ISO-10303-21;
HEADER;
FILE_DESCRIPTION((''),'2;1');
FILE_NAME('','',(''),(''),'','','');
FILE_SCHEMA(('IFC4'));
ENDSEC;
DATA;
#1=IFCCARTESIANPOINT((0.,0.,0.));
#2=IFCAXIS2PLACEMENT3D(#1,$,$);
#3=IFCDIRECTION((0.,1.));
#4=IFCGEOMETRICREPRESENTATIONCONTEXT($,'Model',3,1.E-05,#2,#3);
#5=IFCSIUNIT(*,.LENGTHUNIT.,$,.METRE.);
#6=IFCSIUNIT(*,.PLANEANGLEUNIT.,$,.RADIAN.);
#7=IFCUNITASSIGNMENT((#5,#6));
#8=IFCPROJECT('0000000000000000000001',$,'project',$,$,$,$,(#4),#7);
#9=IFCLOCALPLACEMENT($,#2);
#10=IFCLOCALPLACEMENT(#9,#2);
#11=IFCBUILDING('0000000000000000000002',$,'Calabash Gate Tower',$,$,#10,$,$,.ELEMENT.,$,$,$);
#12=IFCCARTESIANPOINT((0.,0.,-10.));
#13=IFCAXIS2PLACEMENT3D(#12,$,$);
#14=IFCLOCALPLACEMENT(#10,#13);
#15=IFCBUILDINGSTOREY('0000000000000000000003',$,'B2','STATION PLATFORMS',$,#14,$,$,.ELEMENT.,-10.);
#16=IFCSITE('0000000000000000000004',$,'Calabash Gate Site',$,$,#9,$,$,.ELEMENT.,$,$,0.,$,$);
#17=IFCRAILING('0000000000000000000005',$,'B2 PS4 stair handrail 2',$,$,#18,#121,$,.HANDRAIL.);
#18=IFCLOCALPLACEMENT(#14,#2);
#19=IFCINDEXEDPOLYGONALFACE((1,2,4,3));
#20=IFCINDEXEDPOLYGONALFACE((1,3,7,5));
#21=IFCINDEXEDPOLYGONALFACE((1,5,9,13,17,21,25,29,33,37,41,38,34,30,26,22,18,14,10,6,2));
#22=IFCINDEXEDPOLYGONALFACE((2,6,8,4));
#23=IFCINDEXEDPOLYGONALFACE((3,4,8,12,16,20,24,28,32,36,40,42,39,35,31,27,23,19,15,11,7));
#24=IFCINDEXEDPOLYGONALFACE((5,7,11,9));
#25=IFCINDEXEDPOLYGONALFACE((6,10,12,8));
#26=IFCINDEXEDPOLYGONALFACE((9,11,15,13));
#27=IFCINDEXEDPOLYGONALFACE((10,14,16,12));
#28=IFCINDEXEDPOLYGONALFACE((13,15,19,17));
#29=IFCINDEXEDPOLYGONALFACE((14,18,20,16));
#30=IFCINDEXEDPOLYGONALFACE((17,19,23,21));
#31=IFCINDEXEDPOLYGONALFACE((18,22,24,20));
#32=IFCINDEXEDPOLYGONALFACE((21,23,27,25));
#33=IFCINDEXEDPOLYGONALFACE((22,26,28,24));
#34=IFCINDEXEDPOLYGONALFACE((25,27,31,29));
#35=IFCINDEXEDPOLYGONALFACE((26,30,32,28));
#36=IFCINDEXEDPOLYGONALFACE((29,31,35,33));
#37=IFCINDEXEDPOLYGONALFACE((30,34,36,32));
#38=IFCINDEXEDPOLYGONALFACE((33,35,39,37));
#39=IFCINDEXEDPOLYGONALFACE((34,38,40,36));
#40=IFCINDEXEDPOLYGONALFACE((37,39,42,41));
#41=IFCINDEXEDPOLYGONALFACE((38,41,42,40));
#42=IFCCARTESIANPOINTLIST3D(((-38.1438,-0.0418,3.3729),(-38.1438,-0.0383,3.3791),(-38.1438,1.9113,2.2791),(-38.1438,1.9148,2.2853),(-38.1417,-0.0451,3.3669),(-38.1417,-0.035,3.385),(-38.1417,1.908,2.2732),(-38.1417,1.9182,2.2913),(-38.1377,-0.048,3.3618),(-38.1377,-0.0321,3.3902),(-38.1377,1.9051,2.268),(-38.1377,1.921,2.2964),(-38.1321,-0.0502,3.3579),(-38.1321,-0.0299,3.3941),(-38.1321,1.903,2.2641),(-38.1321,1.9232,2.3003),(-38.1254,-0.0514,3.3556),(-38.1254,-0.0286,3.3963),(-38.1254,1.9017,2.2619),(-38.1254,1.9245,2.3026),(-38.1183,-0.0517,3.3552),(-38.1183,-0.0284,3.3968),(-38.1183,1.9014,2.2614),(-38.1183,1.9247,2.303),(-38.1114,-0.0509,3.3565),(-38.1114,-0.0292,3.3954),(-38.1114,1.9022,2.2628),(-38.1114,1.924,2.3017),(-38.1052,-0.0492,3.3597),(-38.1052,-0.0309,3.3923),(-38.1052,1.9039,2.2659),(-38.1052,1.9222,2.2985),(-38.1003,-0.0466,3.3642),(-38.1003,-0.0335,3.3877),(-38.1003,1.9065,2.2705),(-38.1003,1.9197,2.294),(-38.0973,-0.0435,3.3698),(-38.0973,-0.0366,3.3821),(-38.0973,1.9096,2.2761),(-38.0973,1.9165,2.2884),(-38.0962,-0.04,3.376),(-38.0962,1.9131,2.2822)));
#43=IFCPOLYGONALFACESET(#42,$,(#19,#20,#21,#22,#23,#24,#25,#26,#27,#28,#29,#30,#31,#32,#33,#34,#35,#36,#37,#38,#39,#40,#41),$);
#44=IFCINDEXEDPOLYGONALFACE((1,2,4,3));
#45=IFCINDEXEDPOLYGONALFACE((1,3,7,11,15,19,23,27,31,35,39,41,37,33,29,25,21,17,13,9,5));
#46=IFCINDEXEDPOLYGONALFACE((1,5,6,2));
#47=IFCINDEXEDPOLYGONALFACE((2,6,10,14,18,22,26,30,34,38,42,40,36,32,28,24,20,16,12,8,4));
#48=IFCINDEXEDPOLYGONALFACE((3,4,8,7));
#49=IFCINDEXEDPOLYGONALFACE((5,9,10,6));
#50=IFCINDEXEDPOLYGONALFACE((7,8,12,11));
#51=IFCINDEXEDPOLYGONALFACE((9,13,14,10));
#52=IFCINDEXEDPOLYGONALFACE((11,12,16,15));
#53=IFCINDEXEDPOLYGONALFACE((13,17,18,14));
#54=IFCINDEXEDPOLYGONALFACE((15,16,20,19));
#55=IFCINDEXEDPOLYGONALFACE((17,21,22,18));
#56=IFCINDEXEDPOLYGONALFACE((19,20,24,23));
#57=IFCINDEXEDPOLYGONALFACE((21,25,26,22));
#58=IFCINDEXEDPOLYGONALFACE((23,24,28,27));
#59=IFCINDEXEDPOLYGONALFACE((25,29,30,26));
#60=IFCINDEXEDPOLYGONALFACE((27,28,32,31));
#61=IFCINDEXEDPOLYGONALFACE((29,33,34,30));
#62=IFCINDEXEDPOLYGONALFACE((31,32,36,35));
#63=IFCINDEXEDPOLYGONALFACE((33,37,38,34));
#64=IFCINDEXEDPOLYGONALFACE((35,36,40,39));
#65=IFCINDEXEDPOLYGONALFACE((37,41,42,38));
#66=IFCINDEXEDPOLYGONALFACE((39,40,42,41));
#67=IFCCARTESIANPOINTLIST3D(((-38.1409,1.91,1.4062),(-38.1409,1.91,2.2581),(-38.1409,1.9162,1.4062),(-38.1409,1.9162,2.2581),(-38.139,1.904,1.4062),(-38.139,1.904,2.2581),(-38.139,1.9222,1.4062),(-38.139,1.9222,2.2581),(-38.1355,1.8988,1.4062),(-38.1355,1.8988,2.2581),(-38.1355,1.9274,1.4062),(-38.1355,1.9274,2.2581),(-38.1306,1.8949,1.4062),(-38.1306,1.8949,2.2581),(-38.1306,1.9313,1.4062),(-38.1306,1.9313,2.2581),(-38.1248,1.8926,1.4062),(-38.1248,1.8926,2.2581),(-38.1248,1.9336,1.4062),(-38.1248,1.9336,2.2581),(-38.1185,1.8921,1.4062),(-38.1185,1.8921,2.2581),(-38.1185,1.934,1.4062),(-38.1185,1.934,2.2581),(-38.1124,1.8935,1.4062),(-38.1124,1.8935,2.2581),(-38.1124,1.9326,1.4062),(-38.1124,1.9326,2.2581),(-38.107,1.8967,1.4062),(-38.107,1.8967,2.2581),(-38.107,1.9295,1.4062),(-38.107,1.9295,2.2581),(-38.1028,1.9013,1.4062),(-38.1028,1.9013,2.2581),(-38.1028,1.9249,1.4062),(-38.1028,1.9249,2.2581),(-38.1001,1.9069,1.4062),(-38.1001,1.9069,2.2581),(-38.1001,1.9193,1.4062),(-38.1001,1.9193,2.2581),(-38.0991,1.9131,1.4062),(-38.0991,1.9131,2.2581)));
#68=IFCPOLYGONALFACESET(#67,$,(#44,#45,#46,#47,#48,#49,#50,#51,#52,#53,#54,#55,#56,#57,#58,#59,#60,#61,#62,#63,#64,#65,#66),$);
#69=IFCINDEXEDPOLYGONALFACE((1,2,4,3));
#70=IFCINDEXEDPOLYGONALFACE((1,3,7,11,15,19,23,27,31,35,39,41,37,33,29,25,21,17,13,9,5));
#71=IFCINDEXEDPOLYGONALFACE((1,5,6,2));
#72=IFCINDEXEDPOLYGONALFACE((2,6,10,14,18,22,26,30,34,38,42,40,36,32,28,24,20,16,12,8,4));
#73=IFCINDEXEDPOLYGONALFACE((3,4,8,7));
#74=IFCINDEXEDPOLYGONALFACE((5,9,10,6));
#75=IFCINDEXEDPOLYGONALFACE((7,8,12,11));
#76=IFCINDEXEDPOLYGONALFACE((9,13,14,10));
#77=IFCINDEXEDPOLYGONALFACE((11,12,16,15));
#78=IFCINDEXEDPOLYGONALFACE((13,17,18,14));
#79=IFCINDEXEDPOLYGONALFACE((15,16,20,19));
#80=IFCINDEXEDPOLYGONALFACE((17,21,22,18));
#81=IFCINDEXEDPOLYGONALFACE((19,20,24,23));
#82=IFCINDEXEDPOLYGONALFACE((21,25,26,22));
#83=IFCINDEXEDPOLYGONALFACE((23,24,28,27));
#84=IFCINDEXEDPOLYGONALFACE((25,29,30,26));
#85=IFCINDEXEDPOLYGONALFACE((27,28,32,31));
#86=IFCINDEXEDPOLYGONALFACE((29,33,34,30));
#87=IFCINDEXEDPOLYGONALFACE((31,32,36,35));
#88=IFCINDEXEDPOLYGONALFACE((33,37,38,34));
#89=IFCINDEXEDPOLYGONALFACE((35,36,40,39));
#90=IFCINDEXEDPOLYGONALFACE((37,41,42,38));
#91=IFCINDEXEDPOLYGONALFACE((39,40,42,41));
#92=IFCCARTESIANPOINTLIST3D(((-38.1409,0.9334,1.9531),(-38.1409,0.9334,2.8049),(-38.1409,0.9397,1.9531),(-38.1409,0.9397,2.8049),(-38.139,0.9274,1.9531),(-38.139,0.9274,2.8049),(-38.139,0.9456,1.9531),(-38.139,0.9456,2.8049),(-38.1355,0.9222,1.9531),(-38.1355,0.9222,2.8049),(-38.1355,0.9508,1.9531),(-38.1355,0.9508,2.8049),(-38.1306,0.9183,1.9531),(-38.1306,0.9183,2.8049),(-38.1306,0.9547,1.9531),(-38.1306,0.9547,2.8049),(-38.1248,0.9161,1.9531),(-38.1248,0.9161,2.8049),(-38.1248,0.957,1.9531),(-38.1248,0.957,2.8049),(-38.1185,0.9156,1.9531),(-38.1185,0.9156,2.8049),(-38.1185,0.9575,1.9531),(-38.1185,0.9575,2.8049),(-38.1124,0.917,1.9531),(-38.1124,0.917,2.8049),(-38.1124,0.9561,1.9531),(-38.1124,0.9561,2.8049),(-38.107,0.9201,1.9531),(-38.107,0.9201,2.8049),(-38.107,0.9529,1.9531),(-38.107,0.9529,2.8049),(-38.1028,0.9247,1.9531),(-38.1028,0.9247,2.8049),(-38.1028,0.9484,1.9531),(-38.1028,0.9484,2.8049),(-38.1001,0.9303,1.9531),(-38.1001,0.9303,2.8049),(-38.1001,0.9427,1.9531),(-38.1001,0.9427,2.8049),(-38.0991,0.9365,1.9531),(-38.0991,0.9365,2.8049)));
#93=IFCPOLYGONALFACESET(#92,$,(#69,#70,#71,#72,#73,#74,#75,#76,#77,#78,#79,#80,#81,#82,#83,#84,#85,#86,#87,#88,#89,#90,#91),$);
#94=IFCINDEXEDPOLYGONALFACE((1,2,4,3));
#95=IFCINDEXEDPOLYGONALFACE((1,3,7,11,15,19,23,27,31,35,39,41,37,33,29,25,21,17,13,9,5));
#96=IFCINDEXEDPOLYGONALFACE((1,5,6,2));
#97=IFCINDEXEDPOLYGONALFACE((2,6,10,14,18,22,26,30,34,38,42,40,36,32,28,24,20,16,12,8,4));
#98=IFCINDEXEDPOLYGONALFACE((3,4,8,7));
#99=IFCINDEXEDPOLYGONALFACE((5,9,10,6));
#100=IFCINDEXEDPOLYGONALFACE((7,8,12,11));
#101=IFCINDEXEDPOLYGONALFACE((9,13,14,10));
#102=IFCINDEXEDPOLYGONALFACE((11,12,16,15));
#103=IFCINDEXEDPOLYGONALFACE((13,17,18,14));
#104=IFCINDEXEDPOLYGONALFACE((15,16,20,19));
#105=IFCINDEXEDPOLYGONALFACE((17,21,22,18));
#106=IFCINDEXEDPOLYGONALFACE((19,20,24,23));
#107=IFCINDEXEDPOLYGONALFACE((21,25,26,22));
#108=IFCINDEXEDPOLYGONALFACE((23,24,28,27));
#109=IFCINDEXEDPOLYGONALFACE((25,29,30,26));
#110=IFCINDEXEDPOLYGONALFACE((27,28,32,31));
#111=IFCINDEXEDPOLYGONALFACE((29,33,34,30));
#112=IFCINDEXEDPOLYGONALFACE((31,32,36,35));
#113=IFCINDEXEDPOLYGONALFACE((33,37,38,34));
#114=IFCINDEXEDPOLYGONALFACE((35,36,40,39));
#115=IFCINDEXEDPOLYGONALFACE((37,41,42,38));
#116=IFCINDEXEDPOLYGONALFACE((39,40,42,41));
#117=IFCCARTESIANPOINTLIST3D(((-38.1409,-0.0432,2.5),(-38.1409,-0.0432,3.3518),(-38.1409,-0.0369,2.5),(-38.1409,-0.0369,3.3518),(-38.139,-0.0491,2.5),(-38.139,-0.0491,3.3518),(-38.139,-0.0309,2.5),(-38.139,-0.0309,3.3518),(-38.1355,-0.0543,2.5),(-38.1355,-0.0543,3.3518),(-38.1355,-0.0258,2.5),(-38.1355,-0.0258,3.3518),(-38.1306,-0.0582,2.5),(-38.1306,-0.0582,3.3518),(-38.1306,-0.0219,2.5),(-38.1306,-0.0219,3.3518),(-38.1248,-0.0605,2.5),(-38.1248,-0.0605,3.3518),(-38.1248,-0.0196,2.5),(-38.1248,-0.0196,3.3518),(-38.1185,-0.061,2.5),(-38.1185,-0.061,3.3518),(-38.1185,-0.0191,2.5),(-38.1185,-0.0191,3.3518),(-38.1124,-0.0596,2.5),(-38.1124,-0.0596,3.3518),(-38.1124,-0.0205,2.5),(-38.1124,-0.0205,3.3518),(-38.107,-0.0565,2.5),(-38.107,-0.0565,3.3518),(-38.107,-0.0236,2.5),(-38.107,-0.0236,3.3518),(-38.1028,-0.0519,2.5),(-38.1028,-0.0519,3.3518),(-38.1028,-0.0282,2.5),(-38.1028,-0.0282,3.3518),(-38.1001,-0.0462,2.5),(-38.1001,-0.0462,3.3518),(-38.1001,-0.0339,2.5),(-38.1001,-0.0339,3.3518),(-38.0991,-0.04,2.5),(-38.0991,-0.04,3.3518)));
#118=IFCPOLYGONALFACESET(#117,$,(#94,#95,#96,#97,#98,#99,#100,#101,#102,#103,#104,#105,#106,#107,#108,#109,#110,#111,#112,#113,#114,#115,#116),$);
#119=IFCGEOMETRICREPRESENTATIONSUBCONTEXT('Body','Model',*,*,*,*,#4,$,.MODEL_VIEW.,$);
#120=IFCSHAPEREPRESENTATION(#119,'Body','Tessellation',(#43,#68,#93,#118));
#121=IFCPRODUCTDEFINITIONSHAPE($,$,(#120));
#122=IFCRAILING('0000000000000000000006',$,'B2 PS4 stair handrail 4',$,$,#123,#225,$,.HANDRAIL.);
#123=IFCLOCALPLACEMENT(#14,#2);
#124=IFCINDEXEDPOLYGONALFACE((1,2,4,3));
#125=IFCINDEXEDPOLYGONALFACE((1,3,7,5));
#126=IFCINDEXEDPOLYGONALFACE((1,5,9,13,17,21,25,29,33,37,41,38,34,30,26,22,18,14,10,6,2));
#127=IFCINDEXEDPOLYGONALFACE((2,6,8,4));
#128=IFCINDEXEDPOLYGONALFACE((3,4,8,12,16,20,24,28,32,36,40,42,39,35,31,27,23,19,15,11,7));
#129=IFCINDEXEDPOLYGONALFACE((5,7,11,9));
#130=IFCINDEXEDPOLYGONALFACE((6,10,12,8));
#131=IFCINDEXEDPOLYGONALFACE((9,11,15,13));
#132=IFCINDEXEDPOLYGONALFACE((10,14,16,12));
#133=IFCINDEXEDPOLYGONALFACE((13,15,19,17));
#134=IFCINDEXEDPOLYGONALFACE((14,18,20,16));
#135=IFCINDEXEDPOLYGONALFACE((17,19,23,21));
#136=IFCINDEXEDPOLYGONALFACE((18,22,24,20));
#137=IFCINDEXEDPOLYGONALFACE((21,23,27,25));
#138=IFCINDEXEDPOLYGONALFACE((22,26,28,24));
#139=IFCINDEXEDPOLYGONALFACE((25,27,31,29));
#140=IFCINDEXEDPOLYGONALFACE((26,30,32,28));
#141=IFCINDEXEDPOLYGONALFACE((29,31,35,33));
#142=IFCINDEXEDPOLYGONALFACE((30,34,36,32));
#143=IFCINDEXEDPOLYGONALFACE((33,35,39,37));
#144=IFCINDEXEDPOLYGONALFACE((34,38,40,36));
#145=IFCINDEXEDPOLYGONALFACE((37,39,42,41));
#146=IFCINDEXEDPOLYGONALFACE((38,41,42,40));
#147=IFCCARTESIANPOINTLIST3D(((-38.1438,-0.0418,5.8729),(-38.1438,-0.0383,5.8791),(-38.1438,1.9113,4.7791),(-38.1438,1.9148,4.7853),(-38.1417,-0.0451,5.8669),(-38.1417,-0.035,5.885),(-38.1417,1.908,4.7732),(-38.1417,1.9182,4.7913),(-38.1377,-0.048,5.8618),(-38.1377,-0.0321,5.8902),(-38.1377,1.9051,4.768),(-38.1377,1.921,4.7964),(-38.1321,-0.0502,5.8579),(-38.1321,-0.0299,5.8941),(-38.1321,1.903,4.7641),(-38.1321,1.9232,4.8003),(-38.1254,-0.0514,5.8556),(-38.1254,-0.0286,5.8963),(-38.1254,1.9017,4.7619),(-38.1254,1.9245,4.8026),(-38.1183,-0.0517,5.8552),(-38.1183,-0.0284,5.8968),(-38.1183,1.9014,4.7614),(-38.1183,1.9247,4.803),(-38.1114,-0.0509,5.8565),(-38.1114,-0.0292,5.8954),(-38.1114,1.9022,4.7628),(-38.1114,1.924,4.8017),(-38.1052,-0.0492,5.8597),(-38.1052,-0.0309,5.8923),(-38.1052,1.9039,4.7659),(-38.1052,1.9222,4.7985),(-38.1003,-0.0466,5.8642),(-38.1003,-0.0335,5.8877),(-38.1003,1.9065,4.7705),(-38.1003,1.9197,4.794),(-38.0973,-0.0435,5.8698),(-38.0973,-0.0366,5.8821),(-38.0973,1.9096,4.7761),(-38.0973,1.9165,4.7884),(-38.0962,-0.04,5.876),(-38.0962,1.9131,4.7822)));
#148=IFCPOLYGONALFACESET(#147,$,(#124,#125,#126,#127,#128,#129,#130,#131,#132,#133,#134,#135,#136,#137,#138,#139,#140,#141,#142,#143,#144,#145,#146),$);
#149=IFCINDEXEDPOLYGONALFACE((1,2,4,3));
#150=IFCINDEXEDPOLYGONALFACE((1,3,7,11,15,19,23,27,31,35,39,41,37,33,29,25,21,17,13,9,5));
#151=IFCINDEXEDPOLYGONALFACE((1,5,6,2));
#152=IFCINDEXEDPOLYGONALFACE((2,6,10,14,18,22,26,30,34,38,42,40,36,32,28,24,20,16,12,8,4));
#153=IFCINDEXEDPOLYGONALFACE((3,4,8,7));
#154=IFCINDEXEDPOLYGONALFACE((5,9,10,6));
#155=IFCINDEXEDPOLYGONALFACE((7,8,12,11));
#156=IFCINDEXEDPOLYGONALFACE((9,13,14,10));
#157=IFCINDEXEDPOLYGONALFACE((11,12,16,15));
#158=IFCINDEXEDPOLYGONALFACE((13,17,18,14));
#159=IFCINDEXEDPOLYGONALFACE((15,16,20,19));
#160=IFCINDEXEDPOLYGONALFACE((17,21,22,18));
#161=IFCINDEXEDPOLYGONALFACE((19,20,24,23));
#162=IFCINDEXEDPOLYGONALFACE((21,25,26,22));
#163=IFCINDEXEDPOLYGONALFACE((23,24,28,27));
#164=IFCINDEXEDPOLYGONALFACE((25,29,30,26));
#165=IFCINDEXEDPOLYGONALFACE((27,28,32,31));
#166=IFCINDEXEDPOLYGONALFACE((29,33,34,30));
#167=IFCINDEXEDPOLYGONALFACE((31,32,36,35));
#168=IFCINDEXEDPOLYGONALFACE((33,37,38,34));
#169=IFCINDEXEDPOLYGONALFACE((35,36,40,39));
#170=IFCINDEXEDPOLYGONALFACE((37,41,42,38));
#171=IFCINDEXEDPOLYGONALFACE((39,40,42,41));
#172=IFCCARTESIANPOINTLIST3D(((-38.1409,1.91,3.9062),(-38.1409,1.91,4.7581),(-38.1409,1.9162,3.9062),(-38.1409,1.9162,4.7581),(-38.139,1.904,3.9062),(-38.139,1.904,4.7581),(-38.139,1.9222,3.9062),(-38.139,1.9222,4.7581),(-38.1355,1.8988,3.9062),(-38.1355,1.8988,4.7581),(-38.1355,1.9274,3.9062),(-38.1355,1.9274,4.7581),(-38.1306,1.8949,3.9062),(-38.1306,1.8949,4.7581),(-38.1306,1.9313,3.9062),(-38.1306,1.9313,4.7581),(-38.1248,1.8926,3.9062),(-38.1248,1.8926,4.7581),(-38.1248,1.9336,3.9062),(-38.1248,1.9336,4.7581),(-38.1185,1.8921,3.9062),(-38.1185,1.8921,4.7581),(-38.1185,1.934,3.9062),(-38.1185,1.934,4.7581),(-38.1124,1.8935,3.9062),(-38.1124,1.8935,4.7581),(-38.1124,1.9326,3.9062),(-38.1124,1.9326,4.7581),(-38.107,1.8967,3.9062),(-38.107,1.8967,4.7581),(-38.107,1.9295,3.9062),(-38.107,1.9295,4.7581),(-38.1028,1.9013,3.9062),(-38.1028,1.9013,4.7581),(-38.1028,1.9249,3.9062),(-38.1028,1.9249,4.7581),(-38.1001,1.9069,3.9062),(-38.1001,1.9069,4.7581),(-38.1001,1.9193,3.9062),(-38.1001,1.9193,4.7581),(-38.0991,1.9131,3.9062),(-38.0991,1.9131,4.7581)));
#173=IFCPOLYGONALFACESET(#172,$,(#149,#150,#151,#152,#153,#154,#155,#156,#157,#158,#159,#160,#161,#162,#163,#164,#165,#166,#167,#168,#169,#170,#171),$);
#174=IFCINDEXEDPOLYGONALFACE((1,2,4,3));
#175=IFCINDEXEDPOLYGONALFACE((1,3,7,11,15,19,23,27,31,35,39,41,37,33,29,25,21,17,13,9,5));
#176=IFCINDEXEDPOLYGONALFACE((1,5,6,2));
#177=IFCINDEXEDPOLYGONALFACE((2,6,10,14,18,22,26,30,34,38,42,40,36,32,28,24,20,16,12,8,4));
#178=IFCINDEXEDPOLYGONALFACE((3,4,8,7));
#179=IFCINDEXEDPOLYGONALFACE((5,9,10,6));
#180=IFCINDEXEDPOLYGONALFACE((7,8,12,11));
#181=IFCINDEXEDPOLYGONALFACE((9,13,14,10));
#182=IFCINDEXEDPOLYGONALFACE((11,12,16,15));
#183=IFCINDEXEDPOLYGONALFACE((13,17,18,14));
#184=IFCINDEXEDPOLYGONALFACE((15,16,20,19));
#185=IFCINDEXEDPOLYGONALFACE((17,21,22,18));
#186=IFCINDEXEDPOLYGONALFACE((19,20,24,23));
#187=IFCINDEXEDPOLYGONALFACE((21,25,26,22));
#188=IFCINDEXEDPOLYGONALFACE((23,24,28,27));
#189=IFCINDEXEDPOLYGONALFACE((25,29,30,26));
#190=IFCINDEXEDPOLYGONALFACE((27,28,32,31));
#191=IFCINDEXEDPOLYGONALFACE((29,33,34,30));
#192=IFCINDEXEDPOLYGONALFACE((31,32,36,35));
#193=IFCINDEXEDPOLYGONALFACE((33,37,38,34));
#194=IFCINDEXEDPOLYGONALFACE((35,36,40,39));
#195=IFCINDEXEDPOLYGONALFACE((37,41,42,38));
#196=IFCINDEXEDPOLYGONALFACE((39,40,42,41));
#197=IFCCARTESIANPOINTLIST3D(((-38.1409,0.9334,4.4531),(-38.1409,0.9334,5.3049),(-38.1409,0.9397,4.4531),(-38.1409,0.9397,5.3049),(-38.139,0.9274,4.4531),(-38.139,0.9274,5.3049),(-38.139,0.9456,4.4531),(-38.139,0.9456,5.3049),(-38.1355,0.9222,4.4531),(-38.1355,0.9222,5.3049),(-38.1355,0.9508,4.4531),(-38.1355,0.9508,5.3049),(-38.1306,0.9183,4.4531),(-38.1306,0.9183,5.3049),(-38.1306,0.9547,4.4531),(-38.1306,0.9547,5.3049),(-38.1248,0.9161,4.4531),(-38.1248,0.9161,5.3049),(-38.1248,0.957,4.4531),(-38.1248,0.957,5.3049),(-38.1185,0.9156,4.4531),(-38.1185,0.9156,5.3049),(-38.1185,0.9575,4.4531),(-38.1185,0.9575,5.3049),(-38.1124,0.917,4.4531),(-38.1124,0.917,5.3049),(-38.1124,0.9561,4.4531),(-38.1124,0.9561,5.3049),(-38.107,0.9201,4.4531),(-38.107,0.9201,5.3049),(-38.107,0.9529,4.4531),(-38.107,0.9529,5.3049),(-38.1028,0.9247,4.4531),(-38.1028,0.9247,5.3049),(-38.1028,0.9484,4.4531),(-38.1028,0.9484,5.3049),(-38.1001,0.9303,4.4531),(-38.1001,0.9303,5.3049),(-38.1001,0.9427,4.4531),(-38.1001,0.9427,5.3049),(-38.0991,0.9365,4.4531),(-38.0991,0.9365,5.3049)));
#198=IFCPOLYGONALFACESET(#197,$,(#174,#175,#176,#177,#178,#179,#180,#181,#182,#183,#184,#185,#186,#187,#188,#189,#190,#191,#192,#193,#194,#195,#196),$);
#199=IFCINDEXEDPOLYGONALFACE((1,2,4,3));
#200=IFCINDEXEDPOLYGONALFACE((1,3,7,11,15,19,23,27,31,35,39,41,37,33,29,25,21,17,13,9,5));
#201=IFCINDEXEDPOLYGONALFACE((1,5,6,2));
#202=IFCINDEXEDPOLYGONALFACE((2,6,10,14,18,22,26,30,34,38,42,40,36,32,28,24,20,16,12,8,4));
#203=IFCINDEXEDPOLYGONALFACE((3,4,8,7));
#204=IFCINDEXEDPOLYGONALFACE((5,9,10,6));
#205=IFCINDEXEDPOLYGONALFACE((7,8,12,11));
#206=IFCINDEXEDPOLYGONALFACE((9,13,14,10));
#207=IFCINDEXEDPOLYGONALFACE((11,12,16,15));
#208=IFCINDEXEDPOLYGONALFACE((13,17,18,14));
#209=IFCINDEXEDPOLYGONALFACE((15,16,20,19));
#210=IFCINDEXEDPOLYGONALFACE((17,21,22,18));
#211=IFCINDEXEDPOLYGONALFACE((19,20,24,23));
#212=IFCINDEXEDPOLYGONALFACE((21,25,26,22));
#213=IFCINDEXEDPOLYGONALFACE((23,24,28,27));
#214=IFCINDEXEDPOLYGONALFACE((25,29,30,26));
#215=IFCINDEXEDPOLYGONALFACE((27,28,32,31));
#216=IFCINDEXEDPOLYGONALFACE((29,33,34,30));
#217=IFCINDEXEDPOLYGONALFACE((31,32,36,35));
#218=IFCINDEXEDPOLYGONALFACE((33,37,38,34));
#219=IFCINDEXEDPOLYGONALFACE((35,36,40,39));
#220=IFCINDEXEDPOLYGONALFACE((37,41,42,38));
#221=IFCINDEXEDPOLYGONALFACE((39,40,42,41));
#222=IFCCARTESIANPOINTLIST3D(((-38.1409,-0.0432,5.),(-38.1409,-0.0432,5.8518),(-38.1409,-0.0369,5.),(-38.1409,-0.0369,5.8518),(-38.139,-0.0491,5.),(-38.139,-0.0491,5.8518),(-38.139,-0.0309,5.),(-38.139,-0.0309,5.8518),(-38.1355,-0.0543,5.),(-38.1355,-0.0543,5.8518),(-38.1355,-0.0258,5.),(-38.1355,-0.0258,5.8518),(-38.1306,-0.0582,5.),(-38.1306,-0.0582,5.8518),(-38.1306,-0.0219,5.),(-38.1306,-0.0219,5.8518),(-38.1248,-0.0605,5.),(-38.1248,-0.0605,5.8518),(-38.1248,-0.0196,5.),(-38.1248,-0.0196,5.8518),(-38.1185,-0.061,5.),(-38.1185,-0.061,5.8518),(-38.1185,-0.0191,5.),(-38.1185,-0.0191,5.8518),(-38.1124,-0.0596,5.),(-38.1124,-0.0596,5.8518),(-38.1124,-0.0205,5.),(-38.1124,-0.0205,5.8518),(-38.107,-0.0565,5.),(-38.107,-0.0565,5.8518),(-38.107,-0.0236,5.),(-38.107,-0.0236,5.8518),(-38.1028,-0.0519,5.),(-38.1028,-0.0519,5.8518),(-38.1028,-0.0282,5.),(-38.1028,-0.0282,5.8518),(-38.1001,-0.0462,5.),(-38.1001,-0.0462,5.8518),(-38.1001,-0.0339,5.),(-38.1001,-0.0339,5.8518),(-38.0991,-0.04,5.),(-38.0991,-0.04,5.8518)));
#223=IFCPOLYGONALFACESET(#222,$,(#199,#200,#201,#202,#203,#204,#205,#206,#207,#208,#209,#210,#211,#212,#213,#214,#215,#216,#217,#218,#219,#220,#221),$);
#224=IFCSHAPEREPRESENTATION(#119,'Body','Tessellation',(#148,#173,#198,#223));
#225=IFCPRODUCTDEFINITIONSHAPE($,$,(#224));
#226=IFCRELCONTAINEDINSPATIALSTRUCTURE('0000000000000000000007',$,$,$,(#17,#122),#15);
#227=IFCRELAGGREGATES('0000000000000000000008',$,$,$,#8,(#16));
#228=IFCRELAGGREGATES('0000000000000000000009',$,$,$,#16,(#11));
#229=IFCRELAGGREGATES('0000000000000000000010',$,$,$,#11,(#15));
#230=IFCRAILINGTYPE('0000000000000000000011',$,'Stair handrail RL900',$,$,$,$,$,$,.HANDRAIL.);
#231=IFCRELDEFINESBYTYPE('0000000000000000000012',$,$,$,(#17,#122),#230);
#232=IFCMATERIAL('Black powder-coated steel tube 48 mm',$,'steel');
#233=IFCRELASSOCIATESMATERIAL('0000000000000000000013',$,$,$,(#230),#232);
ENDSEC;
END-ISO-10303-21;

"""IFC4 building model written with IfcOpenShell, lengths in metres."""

from ifc_helpers import new_model, si_unit, direction, frame, origin, origin_2d, place, context, subcontext, project, spatial, circle, extrude, material, type_object, element, save


model = new_model("IFC4")

# Units and contexts
model_context = context("Model", 3, precision=1e-05, world=origin(), true_north=direction((0.0, 1.0)))
body_context = subcontext(model_context, "Body", "Model", "MODEL_VIEW")
ifc_project = project(units=[si_unit("LENGTHUNIT", "METRE"), si_unit("PLANEANGLEUNIT", "RADIAN")], contexts=[model_context])

# Site, building, storey
site_placement = place(None, origin())
site = spatial("IfcSite", under=ifc_project, at=site_placement, Name="Calabash Gate Site", CompositionType="ELEMENT", RefElevation=0.0)
building_placement = place(site_placement, origin())
building = spatial("IfcBuilding", under=site, at=building_placement, Name="Calabash Gate Tower", CompositionType="ELEMENT")
storey_placement = place(building_placement, frame((0.0, 0.0, -10.0)))
storey = spatial("IfcBuildingStorey", under=building, at=storey_placement, Name="B2", Description="STATION PLATFORMS", CompositionType="ELEMENT", Elevation=-10.0)

# Railings
ifc_material_1 = material(Name="Black powder-coated steel tube 48 mm", Category="steel")
railing_type_1 = type_object("IfcRailingType", Name="Stair handrail RL900", PredefinedType="HANDRAIL", material=ifc_material_1)
for number, where, name in (
    (1, (-38.1201, 1.9131, 1.4062), "B2 PS4 stair handrail 2"),
    (2, (-38.1201, 1.9131, 3.9062), "B2 PS4 stair handrail 4"),
):
    element("IfcRailing", number, at=place(storey_placement, frame(where)), inside=storey, type_object=railing_type_1, Name=name, PredefinedType="HANDRAIL", context=body_context, shape_type="SweptSolid", body=[
        extrude(circle(Radius=0.0239, at=origin_2d()), frame((0.0, 0.0, 0.876), z_axis=(0.0, -0.872506, 0.488603), x_axis=(1.0, 0.0, 0.0)), (0.0, 0.0, 1.0), 2.2385),
        extrude(circle(Radius=0.021, at=origin_2d()), origin(), (0.0, 0.0, 1.0), 0.8518),
        extrude(circle(Radius=0.021, at=origin_2d()), frame((0.0, -0.9766, 0.5469)), (0.0, 0.0, 1.0), 0.8518),
        extrude(circle(Radius=0.021, at=origin_2d()), frame((0.0, -1.9531, 1.0938)), (0.0, 0.0, 1.0), 0.8518),
    ])

save(model, "model.ifc")
